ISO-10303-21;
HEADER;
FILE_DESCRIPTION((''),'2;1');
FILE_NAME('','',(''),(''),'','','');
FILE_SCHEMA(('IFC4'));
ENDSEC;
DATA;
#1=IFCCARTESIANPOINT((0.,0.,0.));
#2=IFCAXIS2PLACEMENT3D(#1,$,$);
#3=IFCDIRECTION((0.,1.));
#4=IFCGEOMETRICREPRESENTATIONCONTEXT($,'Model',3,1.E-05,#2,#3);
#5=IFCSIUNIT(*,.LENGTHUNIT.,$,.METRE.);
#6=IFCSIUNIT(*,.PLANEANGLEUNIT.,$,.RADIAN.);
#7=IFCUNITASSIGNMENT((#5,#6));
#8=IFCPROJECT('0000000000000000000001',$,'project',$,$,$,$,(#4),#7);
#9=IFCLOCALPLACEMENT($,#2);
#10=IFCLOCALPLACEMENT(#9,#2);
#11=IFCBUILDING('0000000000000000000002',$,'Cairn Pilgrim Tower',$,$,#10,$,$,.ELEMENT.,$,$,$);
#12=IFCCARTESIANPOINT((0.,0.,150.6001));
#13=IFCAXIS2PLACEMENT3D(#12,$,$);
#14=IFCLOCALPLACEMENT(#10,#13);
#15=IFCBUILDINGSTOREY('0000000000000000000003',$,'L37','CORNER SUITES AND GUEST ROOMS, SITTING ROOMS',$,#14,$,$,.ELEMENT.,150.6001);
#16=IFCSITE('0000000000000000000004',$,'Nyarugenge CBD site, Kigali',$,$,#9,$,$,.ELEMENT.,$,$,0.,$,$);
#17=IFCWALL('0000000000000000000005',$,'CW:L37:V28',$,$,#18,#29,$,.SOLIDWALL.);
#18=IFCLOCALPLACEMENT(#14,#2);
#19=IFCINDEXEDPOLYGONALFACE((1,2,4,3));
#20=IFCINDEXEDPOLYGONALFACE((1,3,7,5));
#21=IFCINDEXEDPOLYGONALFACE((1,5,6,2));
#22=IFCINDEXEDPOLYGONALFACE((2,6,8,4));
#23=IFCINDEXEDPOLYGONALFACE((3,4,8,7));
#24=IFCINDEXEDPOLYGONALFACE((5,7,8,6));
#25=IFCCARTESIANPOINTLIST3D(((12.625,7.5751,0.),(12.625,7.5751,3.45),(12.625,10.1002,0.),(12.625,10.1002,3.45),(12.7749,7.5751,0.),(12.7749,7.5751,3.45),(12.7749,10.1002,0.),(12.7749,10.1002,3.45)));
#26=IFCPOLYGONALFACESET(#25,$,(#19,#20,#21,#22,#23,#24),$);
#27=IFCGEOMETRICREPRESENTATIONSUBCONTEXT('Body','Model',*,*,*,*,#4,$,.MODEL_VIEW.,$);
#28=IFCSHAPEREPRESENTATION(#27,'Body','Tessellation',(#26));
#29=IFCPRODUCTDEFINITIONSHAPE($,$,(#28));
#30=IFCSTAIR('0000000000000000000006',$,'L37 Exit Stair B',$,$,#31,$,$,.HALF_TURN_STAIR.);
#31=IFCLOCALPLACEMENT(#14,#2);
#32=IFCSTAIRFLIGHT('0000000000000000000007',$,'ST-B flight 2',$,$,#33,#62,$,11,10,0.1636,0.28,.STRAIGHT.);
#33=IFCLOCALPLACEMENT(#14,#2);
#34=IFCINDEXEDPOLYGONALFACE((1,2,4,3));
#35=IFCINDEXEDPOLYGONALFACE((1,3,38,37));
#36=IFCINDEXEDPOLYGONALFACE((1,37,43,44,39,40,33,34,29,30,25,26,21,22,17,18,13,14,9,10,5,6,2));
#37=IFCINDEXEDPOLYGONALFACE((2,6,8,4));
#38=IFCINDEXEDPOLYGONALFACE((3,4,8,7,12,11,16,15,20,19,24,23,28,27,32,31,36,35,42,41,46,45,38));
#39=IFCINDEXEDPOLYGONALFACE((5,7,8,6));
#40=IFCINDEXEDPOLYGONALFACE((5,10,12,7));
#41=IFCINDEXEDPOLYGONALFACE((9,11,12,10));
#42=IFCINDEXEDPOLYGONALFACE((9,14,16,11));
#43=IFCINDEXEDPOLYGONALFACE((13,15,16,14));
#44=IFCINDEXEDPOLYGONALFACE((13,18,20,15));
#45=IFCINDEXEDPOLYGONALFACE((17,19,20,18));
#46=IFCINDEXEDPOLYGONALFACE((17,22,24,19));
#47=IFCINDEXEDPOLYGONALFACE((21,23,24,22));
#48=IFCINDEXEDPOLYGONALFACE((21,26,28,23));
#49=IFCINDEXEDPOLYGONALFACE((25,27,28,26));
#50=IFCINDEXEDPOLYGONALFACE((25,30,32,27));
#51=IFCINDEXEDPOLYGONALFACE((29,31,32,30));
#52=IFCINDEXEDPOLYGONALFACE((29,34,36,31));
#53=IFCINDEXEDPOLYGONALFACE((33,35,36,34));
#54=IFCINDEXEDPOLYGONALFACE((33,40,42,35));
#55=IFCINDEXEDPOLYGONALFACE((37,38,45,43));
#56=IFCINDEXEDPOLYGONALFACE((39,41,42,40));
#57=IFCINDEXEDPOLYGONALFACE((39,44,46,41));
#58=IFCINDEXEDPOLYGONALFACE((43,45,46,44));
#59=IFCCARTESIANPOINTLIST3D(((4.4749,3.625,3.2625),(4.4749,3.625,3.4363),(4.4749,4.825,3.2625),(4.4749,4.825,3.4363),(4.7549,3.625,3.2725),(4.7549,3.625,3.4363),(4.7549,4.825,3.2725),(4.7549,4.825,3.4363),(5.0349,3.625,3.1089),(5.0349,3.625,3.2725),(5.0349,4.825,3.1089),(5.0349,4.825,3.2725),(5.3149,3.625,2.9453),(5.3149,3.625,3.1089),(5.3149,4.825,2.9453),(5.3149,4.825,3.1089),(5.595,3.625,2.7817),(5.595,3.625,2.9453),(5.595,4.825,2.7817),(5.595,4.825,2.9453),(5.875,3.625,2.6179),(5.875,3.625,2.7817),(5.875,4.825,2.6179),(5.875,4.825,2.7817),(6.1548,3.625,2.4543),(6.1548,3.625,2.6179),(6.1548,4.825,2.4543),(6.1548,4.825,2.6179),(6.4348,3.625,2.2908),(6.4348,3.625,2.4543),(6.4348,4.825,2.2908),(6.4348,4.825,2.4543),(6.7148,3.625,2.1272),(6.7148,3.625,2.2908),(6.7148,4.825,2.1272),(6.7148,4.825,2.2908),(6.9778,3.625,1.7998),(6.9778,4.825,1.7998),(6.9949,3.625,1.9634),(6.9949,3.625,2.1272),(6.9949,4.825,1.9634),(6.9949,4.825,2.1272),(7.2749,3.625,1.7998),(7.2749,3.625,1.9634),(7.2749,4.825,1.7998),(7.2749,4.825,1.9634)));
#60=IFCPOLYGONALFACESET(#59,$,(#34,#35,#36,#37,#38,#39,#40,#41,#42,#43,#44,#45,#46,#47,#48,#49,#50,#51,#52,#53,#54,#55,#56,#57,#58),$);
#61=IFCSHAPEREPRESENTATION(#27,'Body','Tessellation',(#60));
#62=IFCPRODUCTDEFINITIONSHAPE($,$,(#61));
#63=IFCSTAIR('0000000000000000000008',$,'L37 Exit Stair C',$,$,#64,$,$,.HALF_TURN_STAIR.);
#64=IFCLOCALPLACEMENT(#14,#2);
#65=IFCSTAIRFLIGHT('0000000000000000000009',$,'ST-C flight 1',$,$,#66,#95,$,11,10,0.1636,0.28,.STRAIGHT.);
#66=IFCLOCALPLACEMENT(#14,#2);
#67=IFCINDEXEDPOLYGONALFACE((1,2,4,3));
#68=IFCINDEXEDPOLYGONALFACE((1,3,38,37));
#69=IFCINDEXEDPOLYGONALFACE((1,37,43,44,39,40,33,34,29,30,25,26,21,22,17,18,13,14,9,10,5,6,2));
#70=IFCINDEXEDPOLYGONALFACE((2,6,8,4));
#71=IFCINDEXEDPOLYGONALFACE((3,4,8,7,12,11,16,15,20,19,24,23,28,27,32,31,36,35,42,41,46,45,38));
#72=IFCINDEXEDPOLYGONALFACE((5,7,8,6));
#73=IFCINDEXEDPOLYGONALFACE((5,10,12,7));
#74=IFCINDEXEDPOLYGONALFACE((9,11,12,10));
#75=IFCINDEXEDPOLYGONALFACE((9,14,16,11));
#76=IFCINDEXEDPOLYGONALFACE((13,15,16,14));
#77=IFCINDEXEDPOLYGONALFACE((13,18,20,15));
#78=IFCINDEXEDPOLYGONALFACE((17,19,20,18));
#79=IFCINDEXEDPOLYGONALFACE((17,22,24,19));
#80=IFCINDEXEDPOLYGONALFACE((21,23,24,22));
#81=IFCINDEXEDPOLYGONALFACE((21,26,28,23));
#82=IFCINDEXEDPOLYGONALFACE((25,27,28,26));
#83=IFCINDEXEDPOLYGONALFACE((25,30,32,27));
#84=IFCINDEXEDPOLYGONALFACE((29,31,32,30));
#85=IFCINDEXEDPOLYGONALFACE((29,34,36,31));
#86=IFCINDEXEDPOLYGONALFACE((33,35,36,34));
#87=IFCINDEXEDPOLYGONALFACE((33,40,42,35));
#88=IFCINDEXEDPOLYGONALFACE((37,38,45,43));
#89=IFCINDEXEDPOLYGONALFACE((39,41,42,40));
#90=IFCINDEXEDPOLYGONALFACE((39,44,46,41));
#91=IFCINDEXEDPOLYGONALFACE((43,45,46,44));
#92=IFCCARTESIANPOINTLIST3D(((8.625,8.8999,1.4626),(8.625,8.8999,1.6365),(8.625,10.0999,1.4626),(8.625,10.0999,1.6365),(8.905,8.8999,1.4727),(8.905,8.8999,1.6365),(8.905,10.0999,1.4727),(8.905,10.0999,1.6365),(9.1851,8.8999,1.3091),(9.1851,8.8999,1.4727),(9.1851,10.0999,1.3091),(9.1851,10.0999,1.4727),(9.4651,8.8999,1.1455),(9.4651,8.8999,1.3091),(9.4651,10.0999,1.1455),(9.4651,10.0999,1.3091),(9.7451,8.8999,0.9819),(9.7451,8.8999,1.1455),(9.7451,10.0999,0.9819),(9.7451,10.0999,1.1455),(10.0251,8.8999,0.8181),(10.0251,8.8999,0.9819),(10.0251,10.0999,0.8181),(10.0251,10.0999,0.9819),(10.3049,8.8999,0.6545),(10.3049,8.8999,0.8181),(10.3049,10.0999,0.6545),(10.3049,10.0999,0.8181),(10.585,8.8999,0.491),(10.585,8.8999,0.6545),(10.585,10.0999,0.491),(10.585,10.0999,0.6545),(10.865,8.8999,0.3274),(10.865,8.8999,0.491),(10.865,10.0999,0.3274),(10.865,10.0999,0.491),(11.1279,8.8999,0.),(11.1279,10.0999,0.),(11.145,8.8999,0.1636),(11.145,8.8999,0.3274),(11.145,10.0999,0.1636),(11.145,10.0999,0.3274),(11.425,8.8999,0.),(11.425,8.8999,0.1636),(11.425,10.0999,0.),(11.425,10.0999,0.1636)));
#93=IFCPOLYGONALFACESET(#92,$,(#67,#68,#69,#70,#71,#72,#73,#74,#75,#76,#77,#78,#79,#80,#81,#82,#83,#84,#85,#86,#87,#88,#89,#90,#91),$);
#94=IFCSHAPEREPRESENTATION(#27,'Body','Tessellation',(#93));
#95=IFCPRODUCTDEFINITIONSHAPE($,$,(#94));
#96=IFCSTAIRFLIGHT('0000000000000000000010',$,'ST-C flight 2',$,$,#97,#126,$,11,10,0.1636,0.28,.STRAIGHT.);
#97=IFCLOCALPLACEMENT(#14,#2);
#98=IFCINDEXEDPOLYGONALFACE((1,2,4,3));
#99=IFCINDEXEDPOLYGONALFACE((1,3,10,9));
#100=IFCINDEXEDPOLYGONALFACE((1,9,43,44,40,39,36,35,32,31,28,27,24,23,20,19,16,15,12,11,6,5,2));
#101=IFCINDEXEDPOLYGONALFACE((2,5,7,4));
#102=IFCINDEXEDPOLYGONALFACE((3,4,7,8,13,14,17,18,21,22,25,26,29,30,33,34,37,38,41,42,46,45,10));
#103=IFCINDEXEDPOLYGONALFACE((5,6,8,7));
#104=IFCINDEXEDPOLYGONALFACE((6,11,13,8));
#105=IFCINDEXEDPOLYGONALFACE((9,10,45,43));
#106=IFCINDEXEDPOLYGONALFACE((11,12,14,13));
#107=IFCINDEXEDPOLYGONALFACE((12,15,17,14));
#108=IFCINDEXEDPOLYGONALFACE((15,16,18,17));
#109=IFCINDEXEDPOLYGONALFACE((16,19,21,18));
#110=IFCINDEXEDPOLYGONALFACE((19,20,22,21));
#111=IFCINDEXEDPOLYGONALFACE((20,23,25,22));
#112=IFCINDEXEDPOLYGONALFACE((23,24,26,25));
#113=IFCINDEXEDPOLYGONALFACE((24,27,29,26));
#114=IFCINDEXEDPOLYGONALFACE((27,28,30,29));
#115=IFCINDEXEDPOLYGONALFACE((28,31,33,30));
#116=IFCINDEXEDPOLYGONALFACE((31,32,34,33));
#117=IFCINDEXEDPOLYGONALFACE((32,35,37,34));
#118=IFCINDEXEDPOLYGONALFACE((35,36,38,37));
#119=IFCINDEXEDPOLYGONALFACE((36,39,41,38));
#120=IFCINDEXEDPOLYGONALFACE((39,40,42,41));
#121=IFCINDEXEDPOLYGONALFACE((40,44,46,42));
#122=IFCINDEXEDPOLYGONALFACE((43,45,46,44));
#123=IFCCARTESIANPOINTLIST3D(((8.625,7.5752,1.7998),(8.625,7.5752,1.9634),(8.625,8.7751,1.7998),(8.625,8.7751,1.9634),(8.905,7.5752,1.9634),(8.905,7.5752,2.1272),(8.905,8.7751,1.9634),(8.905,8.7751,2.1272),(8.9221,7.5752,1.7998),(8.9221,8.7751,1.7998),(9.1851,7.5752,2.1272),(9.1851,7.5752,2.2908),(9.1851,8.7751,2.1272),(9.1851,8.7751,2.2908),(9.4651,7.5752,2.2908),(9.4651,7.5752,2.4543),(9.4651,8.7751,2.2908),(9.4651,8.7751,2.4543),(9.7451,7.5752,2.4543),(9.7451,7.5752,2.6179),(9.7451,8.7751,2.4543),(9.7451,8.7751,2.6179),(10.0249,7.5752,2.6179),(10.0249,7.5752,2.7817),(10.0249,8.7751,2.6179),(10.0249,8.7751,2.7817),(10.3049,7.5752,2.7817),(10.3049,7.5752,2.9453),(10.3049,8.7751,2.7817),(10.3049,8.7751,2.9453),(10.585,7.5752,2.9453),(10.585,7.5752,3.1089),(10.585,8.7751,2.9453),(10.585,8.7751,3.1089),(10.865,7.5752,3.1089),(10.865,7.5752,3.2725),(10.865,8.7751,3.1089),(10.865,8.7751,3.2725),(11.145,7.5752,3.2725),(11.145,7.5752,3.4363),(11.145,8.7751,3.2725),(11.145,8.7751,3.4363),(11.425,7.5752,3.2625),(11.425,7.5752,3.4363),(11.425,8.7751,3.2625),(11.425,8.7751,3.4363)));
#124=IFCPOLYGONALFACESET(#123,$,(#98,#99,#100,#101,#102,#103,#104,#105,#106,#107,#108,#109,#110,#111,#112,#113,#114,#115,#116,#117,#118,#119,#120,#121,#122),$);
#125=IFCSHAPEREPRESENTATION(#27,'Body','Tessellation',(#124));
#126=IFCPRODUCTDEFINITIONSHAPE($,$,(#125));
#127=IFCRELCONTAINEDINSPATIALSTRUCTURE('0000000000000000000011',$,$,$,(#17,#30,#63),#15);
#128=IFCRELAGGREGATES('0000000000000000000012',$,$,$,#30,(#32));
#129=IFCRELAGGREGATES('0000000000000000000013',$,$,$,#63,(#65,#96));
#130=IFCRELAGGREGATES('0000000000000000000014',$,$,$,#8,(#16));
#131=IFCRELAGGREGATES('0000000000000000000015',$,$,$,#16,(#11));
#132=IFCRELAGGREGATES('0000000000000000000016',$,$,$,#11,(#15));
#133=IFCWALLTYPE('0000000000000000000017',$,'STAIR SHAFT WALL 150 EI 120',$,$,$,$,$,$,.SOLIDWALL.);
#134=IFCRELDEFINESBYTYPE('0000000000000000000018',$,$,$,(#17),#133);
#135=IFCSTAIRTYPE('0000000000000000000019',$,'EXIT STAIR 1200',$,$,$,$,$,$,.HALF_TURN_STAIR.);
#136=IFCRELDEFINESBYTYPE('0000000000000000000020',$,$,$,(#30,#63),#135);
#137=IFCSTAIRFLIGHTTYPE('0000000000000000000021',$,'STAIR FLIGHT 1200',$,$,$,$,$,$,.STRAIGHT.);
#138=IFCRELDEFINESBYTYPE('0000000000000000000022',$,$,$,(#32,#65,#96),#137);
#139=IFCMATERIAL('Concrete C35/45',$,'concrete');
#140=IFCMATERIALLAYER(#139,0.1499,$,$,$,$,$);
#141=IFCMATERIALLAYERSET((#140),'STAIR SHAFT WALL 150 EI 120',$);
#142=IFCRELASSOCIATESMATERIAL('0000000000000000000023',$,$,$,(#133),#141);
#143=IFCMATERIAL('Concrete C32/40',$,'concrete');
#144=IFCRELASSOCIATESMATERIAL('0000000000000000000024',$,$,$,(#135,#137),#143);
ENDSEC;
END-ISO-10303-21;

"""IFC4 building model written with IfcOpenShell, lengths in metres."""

from ifc_helpers import new_model, si_unit, direction, frame, frame_2d, origin, place, context, subcontext, project, spatial, polyline, rectangle, outline, extrude, material, layer, layer_set, type_object, element, aggregate, save


model = new_model("IFC4")

# Units and contexts
model_context = context("Model", 3, precision=1e-05, world=origin(), true_north=direction((0.0, 1.0)))
body_context = subcontext(model_context, "Body", "Model", "MODEL_VIEW")
ifc_project = project(units=[si_unit("LENGTHUNIT", "METRE"), si_unit("PLANEANGLEUNIT", "RADIAN")], contexts=[model_context])

# Site, building, storey
site_placement = place(None, origin())
site = spatial("IfcSite", under=ifc_project, at=site_placement, Name="Nyarugenge CBD site, Kigali", CompositionType="ELEMENT", RefElevation=0.0)
building_placement = place(site_placement, origin())
building = spatial("IfcBuilding", under=site, at=building_placement, Name="Cairn Pilgrim Tower", CompositionType="ELEMENT")
storey_placement = place(building_placement, frame((0.0, 0.0, 150.6001)))
storey = spatial("IfcBuildingStorey", under=building, at=storey_placement, Name="L37", Description="CORNER SUITES AND GUEST ROOMS, SITTING ROOMS", CompositionType="ELEMENT", Elevation=150.6001)

# Shared definitions
ifc_material_1 = material(Name="Concrete C32/40", Category="concrete")

# Wall
ifc_material_2 = material(Name="Concrete C35/45", Category="concrete")
ifc_layer_1 = layer(ifc_material_2, 0.1499)
ifc_layer_set_1 = layer_set([ifc_layer_1], Name="STAIR SHAFT WALL 150 EI 120")
wall_type_1 = type_object("IfcWallType", Name="STAIR SHAFT WALL 150 EI 120", PredefinedType="SOLIDWALL", material=ifc_layer_set_1)
wall_1_placement = place(storey_placement, frame((12.7, 7.575, 0.0), z_axis=(0.0, 0.0, 1.0), x_axis=(0.0, 1.0, 0.0)))
element("IfcWall", 1, at=wall_1_placement, inside=storey, type_object=wall_type_1, Name="CW:L37:V28", PredefinedType="SOLIDWALL", context=body_context, shape_type="SweptSolid", body=[
    extrude(rectangle(XDim=2.5251, YDim=0.1499, at=frame_2d((1.2627, 0.0))), origin(), (0.0, 0.0, 1.0), 3.45),
])

# Stair, stair flight
stair_type = type_object("IfcStairType", Name="EXIT STAIR 1200", PredefinedType="HALF_TURN_STAIR", material=ifc_material_1)
stair_1_placement = place(storey_placement, origin())
stair_1 = element("IfcStair", 2, at=stair_1_placement, inside=storey, type_object=stair_type, Name="L37 Exit Stair B", PredefinedType="HALF_TURN_STAIR")
stair_flight_type = type_object("IfcStairFlightType", Name="STAIR FLIGHT 1200", PredefinedType="STRAIGHT", material=ifc_material_1)
stair_flight_1_placement = place(storey_placement, frame((7.2749, 4.2251, 1.7998), z_axis=(0.0, 0.0, 1.0), x_axis=(-1.0, 0.0, 0.0)))
stair_flight_1 = element("IfcStairFlight", 3, at=stair_flight_1_placement, type_object=stair_flight_type, Name="ST-B flight 2", NumberOfRisers=11, NumberOfTreads=10, PredefinedType="STRAIGHT", RiserHeight=0.1636, TreadLength=0.28, context=body_context, shape_type="SweptSolid", body=[
    extrude(outline(polyline([(0.0, 0.0), (0.0, 0.1636), (0.28, 0.1636), (0.28, 0.3274), (0.5601, 0.3274), (0.5601, 0.491), (0.8401, 0.491), (0.8401, 0.6545), (1.1201, 0.6545), (1.1201, 0.8181), (1.3999, 0.8181), (1.3999, 0.9819), (1.6799, 0.9819), (1.6799, 1.1455), (1.96, 1.1455), (1.96, 1.3091), (2.24, 1.3091), (2.24, 1.4727), (2.52, 1.4727), (2.52, 1.6365), (2.8, 1.6365), (2.8, 1.8), (2.8, 1.4626), (0.2971, 0.0), (0.0, 0.0)])), frame((0.0, 0.6001, 0.0), z_axis=(0.0, -1.0, 0.0), x_axis=(1.0, 0.0, 0.0)), (0.0, 0.0, 1.0), 1.2),
])
aggregate(stair_1, [stair_flight_1])

# Stair, stair flights
stair_2_placement = place(storey_placement, origin())
stair_2 = element("IfcStair", 4, at=stair_2_placement, inside=storey, type_object=stair_type, Name="L37 Exit Stair C", PredefinedType="HALF_TURN_STAIR")
stair_flight_2_placement = place(storey_placement, frame((11.425, 9.5, 0.0), z_axis=(0.0, 0.0, 1.0), x_axis=(-1.0, 0.0, 0.0)))
stair_flight_2 = element("IfcStairFlight", 5, at=stair_flight_2_placement, type_object=stair_flight_type, Name="ST-C flight 1", NumberOfRisers=11, NumberOfTreads=10, PredefinedType="STRAIGHT", RiserHeight=0.1636, TreadLength=0.28, context=body_context, shape_type="SweptSolid", body=[
    extrude(outline(polyline([(0.0, 0.0), (0.0, 0.1636), (0.28, 0.1636), (0.28, 0.3274), (0.5601, 0.3274), (0.5601, 0.491), (0.8401, 0.491), (0.8401, 0.6545), (1.1201, 0.6545), (1.1201, 0.8181), (1.3999, 0.8181), (1.3999, 0.9819), (1.6799, 0.9819), (1.6799, 1.1455), (1.96, 1.1455), (1.96, 1.3091), (2.24, 1.3091), (2.24, 1.4727), (2.52, 1.4727), (2.52, 1.6365), (2.8, 1.6365), (2.8, 1.8), (2.8, 1.4626), (0.2971, 0.0), (0.0, 0.0)])), frame((0.0, 0.6001, 0.0), z_axis=(0.0, -1.0, 0.0), x_axis=(1.0, 0.0, 0.0)), (0.0, 0.0, 1.0), 1.2),
])
stair_flight_3_placement = place(storey_placement, frame((8.625, 8.175, 1.7998), z_axis=(0.0, 0.0, 1.0), x_axis=(1.0, 0.0, 0.0)))
stair_flight_3 = element("IfcStairFlight", 6, at=stair_flight_3_placement, type_object=stair_flight_type, Name="ST-C flight 2", NumberOfRisers=11, NumberOfTreads=10, PredefinedType="STRAIGHT", RiserHeight=0.1636, TreadLength=0.28, context=body_context, shape_type="SweptSolid", body=[
    extrude(outline(polyline([(0.0, 0.0), (0.0, 0.1636), (0.28, 0.1636), (0.28, 0.3274), (0.5601, 0.3274), (0.5601, 0.491), (0.8401, 0.491), (0.8401, 0.6545), (1.1201, 0.6545), (1.1201, 0.8181), (1.3999, 0.8181), (1.3999, 0.9819), (1.6799, 0.9819), (1.6799, 1.1455), (1.96, 1.1455), (1.96, 1.3091), (2.24, 1.3091), (2.24, 1.4727), (2.52, 1.4727), (2.52, 1.6365), (2.8, 1.6365), (2.8, 1.8), (2.8, 1.4626), (0.2971, 0.0), (0.0, 0.0)])), frame((0.0, 0.6001, 0.0), z_axis=(0.0, -1.0, 0.0), x_axis=(1.0, 0.0, 0.0)), (0.0, 0.0, 1.0), 1.2),
])
aggregate(stair_2, [stair_flight_2, stair_flight_3])

save(model, "model.ifc")
